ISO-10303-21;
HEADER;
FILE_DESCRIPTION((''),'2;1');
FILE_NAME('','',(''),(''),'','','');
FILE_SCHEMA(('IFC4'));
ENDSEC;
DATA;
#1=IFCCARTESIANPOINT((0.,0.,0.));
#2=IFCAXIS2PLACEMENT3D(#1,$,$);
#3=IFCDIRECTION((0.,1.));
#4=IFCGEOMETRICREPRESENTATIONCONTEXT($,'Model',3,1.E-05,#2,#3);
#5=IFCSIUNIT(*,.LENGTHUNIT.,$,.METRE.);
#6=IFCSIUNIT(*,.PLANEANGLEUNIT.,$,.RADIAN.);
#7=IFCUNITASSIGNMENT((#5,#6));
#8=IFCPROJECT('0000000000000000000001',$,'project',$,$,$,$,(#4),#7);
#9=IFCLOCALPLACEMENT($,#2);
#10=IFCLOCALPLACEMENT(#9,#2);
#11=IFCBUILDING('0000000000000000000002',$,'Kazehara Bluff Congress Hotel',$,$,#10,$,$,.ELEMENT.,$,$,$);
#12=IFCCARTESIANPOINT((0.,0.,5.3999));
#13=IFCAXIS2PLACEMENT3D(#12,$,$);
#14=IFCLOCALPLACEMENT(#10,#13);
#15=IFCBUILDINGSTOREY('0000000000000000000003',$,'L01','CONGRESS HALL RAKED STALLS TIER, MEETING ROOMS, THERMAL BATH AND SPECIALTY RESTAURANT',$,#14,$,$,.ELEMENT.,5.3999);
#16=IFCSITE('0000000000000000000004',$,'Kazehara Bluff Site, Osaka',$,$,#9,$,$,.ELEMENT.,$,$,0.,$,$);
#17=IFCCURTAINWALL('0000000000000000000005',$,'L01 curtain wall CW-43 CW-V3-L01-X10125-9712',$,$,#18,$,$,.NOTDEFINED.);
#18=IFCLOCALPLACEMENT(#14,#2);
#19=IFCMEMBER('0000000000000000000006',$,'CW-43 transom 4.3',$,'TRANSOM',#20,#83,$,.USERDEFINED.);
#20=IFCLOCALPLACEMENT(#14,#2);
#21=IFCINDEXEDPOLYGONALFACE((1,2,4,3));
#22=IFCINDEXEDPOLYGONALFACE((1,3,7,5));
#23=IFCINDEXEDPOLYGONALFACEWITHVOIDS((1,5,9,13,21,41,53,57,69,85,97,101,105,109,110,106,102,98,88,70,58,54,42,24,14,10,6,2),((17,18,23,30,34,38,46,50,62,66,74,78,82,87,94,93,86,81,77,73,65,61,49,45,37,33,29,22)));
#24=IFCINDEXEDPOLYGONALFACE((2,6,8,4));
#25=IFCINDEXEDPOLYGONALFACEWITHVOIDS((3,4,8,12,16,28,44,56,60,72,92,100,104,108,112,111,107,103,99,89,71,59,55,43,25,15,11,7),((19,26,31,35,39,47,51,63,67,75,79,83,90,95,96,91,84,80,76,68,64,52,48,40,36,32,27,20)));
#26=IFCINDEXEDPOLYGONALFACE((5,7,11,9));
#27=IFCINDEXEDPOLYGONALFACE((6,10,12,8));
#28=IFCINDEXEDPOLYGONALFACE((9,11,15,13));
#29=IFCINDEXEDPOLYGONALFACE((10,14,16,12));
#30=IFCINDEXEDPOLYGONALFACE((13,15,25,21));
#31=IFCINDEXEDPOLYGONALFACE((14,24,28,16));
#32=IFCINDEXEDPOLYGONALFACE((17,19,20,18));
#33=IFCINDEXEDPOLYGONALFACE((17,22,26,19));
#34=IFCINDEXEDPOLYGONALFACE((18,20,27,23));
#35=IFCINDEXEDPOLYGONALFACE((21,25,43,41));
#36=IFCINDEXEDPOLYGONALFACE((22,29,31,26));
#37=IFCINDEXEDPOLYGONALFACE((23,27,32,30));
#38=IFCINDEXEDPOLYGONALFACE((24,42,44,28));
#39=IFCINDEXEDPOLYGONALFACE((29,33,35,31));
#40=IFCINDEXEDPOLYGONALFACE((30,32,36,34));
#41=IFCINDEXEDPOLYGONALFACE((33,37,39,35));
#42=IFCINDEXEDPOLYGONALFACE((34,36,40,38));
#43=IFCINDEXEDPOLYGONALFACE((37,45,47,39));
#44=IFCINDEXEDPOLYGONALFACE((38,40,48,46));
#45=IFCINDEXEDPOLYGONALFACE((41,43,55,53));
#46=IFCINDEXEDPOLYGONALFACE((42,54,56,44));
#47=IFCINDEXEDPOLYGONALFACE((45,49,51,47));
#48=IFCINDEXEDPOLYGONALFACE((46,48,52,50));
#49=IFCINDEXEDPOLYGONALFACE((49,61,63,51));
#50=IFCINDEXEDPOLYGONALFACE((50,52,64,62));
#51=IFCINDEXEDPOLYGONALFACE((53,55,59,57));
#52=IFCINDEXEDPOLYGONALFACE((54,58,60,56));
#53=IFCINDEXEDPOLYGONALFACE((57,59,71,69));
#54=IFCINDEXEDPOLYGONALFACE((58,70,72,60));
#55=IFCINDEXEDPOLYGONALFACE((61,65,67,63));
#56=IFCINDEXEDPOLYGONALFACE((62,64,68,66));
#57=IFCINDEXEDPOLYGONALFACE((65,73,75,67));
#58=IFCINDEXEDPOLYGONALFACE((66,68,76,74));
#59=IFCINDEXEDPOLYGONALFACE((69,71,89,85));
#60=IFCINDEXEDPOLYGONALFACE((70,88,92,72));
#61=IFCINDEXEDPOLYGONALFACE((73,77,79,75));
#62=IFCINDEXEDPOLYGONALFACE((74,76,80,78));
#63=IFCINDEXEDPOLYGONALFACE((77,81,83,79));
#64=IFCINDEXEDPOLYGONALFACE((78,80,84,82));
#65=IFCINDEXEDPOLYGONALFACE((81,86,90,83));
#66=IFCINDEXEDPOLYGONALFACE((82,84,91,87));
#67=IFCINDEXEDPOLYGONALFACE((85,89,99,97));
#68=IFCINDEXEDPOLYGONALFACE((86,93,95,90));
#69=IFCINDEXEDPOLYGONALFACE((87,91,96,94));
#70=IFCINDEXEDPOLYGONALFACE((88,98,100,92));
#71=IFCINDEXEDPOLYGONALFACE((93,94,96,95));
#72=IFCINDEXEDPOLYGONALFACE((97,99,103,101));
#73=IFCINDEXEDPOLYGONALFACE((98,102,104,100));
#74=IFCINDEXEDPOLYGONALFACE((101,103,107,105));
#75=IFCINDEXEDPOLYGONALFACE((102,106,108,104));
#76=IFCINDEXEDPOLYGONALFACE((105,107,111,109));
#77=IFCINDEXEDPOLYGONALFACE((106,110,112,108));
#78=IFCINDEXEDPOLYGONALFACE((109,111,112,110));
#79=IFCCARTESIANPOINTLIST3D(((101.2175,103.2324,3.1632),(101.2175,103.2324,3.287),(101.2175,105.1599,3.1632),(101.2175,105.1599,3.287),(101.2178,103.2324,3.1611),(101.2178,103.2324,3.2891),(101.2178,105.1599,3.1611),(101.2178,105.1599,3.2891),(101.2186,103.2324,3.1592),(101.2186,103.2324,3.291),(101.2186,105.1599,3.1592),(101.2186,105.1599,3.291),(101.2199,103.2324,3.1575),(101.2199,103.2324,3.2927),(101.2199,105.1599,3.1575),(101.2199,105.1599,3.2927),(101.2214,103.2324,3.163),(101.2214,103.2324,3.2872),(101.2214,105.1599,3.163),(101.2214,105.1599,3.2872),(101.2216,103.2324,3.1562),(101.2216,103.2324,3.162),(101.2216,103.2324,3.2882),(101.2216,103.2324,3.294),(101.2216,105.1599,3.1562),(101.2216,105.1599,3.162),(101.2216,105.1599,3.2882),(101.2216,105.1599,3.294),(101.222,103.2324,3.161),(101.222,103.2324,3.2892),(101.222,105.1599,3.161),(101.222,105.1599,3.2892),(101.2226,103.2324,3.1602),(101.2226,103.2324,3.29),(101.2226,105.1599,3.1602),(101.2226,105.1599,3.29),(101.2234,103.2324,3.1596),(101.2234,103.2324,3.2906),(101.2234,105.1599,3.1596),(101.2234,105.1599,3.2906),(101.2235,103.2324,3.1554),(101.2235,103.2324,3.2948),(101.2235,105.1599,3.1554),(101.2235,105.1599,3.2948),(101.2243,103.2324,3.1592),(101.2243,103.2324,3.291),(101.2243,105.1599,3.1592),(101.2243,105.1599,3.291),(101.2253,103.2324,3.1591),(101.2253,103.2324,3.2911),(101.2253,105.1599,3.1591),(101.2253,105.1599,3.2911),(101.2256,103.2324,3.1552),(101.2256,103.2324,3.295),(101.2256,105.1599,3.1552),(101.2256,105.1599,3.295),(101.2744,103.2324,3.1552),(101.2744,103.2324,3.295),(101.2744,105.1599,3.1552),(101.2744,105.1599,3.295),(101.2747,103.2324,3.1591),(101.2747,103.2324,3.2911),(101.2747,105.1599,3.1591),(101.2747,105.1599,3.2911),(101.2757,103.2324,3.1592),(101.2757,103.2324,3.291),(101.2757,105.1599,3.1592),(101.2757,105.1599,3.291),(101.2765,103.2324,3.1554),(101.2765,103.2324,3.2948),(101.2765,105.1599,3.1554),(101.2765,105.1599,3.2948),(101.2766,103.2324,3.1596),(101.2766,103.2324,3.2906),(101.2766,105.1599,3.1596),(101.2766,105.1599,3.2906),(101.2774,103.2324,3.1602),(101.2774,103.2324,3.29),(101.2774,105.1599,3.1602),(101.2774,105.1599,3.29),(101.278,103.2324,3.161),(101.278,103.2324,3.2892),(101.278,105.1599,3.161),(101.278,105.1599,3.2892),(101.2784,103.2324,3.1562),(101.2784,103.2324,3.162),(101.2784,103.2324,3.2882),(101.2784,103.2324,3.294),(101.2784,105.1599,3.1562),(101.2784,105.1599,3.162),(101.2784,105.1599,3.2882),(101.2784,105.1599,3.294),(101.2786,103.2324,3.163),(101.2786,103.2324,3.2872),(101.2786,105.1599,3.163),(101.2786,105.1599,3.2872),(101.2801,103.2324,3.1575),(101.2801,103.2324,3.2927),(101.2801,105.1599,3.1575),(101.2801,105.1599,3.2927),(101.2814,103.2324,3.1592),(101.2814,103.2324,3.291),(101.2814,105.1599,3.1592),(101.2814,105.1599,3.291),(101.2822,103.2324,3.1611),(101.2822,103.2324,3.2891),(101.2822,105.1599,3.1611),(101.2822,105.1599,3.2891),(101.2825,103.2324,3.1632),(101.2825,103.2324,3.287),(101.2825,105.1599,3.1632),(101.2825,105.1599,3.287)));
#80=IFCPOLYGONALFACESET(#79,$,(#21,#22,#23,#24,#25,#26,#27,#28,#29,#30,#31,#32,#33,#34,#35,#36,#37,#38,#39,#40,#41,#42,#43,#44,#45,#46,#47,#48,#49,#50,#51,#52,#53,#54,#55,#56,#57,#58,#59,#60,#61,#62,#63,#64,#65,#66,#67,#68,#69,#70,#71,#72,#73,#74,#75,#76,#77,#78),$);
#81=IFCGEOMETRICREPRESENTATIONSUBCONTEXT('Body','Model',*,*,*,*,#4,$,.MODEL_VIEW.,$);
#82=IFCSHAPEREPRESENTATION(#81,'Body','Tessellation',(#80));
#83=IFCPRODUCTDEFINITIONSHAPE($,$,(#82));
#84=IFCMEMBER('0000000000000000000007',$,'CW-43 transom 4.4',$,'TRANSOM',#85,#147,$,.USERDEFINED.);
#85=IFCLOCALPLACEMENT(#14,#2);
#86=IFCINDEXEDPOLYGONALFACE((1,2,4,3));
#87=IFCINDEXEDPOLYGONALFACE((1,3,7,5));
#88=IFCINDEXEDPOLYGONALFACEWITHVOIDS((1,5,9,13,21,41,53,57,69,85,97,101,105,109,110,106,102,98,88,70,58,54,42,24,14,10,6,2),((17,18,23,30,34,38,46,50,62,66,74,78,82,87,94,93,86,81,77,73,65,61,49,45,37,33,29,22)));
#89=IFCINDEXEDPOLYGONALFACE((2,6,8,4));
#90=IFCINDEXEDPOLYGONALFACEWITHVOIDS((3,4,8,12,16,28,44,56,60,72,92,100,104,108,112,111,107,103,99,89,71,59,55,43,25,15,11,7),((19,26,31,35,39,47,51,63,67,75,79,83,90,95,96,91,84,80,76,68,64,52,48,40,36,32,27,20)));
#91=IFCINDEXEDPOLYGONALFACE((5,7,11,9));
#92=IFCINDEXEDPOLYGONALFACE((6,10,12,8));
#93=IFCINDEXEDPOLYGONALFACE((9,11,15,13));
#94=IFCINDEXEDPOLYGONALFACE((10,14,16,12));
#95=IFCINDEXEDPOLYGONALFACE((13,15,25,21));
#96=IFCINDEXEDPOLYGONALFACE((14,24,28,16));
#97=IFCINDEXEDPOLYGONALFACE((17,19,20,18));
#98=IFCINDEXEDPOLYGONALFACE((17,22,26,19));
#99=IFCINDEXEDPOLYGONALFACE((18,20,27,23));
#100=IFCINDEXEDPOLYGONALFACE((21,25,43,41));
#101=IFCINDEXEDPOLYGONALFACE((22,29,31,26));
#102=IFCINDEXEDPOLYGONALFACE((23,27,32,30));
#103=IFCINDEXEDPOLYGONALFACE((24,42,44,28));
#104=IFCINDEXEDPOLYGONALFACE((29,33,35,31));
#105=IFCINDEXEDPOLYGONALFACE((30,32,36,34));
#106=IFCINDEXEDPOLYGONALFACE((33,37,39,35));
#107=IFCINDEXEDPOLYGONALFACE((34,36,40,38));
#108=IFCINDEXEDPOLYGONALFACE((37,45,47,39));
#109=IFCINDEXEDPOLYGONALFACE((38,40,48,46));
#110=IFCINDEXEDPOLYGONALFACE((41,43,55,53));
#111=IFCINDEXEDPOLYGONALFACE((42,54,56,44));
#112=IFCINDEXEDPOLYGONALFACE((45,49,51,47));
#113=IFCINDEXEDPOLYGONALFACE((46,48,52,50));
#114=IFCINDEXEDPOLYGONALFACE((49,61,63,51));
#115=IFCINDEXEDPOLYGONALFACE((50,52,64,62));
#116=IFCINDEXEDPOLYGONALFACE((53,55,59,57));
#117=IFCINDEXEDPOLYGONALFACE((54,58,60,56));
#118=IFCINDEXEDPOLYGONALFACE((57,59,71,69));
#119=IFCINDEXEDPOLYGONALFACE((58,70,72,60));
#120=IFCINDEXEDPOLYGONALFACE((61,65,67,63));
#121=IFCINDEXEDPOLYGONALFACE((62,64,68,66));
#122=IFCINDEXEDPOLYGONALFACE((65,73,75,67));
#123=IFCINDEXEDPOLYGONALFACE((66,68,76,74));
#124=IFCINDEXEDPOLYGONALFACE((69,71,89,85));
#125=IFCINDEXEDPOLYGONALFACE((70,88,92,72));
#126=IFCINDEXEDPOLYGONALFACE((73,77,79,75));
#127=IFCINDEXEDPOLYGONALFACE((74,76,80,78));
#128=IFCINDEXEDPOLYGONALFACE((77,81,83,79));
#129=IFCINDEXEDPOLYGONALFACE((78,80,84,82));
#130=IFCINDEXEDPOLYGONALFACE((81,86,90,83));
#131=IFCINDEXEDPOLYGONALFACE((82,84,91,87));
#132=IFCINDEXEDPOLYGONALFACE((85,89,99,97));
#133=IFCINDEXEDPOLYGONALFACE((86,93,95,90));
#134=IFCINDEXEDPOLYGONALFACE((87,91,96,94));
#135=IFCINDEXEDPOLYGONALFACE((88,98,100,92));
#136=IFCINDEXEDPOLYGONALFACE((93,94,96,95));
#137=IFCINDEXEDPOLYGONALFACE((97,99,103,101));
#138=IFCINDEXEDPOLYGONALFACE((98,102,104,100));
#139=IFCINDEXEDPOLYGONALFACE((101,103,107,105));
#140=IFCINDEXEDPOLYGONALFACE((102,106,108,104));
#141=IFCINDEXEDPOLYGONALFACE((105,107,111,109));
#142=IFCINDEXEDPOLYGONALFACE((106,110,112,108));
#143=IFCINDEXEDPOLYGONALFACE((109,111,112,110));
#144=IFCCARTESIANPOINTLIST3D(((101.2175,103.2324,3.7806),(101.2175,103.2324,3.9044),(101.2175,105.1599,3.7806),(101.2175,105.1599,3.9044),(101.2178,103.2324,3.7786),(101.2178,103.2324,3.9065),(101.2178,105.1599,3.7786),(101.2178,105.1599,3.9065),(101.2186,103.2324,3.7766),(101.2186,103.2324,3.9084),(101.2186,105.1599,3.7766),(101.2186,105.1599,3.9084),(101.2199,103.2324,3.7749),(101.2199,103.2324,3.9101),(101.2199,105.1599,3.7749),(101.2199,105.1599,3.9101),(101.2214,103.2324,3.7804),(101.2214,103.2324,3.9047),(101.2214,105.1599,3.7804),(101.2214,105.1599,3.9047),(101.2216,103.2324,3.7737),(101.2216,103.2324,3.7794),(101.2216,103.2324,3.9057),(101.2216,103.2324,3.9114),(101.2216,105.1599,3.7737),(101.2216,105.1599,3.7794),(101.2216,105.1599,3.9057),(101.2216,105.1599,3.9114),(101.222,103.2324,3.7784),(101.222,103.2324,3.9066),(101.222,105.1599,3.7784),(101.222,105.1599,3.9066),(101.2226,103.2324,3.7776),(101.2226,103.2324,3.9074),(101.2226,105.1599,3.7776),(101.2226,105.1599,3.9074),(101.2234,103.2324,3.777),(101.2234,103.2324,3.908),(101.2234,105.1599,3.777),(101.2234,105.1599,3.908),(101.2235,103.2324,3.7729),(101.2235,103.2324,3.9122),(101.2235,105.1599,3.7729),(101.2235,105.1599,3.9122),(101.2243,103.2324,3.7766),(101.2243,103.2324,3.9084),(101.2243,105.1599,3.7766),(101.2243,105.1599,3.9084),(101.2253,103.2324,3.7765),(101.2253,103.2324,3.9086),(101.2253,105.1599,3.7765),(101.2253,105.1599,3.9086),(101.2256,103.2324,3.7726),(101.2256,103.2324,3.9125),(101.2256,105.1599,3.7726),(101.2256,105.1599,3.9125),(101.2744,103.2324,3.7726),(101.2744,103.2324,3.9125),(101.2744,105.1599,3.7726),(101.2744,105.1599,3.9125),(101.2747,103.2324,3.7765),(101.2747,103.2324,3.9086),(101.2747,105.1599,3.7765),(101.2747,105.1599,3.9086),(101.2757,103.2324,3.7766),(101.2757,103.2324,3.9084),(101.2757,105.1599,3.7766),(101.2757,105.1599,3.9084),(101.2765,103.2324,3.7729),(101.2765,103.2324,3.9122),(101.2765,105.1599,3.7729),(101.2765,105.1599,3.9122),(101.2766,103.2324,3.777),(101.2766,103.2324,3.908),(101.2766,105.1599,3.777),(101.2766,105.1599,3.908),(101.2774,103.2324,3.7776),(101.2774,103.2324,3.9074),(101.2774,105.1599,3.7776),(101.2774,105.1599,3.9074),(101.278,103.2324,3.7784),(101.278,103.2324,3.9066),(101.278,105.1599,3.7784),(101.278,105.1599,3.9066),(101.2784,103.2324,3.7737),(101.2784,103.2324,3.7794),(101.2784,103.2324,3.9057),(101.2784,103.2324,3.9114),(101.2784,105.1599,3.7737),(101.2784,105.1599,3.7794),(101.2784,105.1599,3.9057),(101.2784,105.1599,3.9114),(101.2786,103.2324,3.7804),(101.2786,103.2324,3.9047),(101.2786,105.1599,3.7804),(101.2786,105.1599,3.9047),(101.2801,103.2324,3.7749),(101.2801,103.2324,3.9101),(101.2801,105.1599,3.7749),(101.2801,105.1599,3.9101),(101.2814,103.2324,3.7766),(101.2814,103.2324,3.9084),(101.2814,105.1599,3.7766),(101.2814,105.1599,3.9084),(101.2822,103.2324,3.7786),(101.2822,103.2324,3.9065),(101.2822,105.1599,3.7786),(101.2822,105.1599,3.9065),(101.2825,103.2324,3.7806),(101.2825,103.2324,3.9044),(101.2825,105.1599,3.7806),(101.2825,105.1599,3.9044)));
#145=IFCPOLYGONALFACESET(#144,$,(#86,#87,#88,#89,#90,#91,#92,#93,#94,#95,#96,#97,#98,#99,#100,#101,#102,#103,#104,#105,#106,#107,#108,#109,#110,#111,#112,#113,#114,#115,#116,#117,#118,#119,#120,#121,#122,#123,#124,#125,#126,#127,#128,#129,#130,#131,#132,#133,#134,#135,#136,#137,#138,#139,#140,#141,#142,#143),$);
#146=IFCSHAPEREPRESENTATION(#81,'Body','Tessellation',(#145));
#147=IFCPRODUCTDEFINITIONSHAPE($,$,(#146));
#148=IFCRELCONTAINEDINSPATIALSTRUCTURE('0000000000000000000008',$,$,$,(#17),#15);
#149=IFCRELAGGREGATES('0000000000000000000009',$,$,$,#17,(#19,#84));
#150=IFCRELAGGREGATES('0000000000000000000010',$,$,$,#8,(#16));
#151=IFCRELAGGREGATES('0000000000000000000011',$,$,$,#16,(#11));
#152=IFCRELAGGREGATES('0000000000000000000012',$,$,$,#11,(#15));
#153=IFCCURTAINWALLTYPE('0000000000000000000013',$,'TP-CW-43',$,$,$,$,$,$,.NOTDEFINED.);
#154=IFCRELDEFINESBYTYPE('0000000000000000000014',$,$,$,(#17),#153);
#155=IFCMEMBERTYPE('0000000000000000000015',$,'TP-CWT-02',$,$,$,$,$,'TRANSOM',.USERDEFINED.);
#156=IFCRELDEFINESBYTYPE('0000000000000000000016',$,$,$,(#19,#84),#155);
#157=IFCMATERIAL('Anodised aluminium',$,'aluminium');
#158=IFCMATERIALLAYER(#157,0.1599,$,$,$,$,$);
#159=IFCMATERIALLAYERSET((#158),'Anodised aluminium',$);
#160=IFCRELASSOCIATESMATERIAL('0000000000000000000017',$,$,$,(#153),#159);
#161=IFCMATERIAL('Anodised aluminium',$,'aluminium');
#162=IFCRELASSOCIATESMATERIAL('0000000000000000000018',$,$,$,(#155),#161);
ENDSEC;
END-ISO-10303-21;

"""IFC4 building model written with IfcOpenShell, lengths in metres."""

from ifc_helpers import new_model, si_unit, direction, frame, origin, origin_2d, place, context, subcontext, project, spatial, hollow_rectangle, extrude, material, layer, layer_set, material_profile, profile_set, type_object, element, aggregate, save


model = new_model("IFC4")

# Units and contexts
model_context = context("Model", 3, precision=1e-05, world=origin(), true_north=direction((0.0, 1.0)))
body_context = subcontext(model_context, "Body", "Model", "MODEL_VIEW")
ifc_project = project(units=[si_unit("LENGTHUNIT", "METRE"), si_unit("PLANEANGLEUNIT", "RADIAN")], contexts=[model_context])

# Site, building, storey
site_placement = place(None, origin())
site = spatial("IfcSite", under=ifc_project, at=site_placement, Name="Kazehara Bluff Site, Osaka", CompositionType="ELEMENT", RefElevation=0.0)
building_placement = place(site_placement, origin())
building = spatial("IfcBuilding", under=site, at=building_placement, Name="Kazehara Bluff Congress Hotel", CompositionType="ELEMENT")
storey_placement = place(building_placement, frame((0.0, 0.0, 5.3999)))
storey = spatial("IfcBuildingStorey", under=building, at=storey_placement, Name="L01", Description="CONGRESS HALL RAKED STALLS TIER, MEETING ROOMS, THERMAL BATH AND SPECIALTY RESTAURANT", CompositionType="ELEMENT", Elevation=5.3999)

# Curtain wall
ifc_material_1 = material(Name="Anodised aluminium", Category="aluminium")
ifc_layer_1 = layer(ifc_material_1, 0.1599)
ifc_layer_set_1 = layer_set([ifc_layer_1], Name="Anodised aluminium")
curtain_wall_type_1 = type_object("IfcCurtainWallType", Name="TP-CW-43", PredefinedType="NOTDEFINED", material=ifc_layer_set_1)
curtain_wall_1_placement = place(storey_placement, origin())
curtain_wall_1 = element("IfcCurtainWall", 1, at=curtain_wall_1_placement, inside=storey, type_object=curtain_wall_type_1, Name="L01 curtain wall CW-43 CW-V3-L01-X10125-9712", PredefinedType="NOTDEFINED")

# Members
ifc_material_2 = material(Name="Anodised aluminium", Category="aluminium")
ifc_material_profile_1 = material_profile(ifc_material_2, hollow_rectangle(XDim=0.0649, YDim=0.1399, WallThickness=0.0039, InnerFilletRadius=0.0039, OuterFilletRadius=0.0081, at=origin_2d()))
ifc_profile_set_1 = profile_set([ifc_material_profile_1], Name="Anodised aluminium")
member_type_1 = type_object("IfcMemberType", Name="TP-CWT-02", ElementType="TRANSOM", PredefinedType="USERDEFINED", material=ifc_profile_set_1)
member_1_placement = place(storey_placement, frame((101.25, 103.2324, 3.2251), z_axis=(0.0, 1.0, 0.0), x_axis=(-1.0, 0.0, 0.0)))
member_1 = element("IfcMember", 2, at=member_1_placement, type_object=member_type_1, Name="CW-43 transom 4.3", ObjectType="TRANSOM", PredefinedType="USERDEFINED", context=body_context, shape_type="SweptSolid", body=[
    extrude(hollow_rectangle(XDim=0.0649, YDim=0.1399, WallThickness=0.0039, InnerFilletRadius=0.0039, OuterFilletRadius=0.0081, at=origin_2d()), origin(), (0.0, 0.0, 1.0), 1.9275),
])
member_2_placement = place(storey_placement, frame((101.25, 103.2324, 3.8425), z_axis=(0.0, 1.0, 0.0), x_axis=(-1.0, 0.0, 0.0)))
member_2 = element("IfcMember", 3, at=member_2_placement, type_object=member_type_1, Name="CW-43 transom 4.4", ObjectType="TRANSOM", PredefinedType="USERDEFINED", context=body_context, shape_type="SweptSolid", body=[
    extrude(hollow_rectangle(XDim=0.0649, YDim=0.1399, WallThickness=0.0039, InnerFilletRadius=0.0039, OuterFilletRadius=0.0081, at=origin_2d()), origin(), (0.0, 0.0, 1.0), 1.9275),
])

aggregate(curtain_wall_1, [member_1, member_2])

save(model, "model.ifc")
